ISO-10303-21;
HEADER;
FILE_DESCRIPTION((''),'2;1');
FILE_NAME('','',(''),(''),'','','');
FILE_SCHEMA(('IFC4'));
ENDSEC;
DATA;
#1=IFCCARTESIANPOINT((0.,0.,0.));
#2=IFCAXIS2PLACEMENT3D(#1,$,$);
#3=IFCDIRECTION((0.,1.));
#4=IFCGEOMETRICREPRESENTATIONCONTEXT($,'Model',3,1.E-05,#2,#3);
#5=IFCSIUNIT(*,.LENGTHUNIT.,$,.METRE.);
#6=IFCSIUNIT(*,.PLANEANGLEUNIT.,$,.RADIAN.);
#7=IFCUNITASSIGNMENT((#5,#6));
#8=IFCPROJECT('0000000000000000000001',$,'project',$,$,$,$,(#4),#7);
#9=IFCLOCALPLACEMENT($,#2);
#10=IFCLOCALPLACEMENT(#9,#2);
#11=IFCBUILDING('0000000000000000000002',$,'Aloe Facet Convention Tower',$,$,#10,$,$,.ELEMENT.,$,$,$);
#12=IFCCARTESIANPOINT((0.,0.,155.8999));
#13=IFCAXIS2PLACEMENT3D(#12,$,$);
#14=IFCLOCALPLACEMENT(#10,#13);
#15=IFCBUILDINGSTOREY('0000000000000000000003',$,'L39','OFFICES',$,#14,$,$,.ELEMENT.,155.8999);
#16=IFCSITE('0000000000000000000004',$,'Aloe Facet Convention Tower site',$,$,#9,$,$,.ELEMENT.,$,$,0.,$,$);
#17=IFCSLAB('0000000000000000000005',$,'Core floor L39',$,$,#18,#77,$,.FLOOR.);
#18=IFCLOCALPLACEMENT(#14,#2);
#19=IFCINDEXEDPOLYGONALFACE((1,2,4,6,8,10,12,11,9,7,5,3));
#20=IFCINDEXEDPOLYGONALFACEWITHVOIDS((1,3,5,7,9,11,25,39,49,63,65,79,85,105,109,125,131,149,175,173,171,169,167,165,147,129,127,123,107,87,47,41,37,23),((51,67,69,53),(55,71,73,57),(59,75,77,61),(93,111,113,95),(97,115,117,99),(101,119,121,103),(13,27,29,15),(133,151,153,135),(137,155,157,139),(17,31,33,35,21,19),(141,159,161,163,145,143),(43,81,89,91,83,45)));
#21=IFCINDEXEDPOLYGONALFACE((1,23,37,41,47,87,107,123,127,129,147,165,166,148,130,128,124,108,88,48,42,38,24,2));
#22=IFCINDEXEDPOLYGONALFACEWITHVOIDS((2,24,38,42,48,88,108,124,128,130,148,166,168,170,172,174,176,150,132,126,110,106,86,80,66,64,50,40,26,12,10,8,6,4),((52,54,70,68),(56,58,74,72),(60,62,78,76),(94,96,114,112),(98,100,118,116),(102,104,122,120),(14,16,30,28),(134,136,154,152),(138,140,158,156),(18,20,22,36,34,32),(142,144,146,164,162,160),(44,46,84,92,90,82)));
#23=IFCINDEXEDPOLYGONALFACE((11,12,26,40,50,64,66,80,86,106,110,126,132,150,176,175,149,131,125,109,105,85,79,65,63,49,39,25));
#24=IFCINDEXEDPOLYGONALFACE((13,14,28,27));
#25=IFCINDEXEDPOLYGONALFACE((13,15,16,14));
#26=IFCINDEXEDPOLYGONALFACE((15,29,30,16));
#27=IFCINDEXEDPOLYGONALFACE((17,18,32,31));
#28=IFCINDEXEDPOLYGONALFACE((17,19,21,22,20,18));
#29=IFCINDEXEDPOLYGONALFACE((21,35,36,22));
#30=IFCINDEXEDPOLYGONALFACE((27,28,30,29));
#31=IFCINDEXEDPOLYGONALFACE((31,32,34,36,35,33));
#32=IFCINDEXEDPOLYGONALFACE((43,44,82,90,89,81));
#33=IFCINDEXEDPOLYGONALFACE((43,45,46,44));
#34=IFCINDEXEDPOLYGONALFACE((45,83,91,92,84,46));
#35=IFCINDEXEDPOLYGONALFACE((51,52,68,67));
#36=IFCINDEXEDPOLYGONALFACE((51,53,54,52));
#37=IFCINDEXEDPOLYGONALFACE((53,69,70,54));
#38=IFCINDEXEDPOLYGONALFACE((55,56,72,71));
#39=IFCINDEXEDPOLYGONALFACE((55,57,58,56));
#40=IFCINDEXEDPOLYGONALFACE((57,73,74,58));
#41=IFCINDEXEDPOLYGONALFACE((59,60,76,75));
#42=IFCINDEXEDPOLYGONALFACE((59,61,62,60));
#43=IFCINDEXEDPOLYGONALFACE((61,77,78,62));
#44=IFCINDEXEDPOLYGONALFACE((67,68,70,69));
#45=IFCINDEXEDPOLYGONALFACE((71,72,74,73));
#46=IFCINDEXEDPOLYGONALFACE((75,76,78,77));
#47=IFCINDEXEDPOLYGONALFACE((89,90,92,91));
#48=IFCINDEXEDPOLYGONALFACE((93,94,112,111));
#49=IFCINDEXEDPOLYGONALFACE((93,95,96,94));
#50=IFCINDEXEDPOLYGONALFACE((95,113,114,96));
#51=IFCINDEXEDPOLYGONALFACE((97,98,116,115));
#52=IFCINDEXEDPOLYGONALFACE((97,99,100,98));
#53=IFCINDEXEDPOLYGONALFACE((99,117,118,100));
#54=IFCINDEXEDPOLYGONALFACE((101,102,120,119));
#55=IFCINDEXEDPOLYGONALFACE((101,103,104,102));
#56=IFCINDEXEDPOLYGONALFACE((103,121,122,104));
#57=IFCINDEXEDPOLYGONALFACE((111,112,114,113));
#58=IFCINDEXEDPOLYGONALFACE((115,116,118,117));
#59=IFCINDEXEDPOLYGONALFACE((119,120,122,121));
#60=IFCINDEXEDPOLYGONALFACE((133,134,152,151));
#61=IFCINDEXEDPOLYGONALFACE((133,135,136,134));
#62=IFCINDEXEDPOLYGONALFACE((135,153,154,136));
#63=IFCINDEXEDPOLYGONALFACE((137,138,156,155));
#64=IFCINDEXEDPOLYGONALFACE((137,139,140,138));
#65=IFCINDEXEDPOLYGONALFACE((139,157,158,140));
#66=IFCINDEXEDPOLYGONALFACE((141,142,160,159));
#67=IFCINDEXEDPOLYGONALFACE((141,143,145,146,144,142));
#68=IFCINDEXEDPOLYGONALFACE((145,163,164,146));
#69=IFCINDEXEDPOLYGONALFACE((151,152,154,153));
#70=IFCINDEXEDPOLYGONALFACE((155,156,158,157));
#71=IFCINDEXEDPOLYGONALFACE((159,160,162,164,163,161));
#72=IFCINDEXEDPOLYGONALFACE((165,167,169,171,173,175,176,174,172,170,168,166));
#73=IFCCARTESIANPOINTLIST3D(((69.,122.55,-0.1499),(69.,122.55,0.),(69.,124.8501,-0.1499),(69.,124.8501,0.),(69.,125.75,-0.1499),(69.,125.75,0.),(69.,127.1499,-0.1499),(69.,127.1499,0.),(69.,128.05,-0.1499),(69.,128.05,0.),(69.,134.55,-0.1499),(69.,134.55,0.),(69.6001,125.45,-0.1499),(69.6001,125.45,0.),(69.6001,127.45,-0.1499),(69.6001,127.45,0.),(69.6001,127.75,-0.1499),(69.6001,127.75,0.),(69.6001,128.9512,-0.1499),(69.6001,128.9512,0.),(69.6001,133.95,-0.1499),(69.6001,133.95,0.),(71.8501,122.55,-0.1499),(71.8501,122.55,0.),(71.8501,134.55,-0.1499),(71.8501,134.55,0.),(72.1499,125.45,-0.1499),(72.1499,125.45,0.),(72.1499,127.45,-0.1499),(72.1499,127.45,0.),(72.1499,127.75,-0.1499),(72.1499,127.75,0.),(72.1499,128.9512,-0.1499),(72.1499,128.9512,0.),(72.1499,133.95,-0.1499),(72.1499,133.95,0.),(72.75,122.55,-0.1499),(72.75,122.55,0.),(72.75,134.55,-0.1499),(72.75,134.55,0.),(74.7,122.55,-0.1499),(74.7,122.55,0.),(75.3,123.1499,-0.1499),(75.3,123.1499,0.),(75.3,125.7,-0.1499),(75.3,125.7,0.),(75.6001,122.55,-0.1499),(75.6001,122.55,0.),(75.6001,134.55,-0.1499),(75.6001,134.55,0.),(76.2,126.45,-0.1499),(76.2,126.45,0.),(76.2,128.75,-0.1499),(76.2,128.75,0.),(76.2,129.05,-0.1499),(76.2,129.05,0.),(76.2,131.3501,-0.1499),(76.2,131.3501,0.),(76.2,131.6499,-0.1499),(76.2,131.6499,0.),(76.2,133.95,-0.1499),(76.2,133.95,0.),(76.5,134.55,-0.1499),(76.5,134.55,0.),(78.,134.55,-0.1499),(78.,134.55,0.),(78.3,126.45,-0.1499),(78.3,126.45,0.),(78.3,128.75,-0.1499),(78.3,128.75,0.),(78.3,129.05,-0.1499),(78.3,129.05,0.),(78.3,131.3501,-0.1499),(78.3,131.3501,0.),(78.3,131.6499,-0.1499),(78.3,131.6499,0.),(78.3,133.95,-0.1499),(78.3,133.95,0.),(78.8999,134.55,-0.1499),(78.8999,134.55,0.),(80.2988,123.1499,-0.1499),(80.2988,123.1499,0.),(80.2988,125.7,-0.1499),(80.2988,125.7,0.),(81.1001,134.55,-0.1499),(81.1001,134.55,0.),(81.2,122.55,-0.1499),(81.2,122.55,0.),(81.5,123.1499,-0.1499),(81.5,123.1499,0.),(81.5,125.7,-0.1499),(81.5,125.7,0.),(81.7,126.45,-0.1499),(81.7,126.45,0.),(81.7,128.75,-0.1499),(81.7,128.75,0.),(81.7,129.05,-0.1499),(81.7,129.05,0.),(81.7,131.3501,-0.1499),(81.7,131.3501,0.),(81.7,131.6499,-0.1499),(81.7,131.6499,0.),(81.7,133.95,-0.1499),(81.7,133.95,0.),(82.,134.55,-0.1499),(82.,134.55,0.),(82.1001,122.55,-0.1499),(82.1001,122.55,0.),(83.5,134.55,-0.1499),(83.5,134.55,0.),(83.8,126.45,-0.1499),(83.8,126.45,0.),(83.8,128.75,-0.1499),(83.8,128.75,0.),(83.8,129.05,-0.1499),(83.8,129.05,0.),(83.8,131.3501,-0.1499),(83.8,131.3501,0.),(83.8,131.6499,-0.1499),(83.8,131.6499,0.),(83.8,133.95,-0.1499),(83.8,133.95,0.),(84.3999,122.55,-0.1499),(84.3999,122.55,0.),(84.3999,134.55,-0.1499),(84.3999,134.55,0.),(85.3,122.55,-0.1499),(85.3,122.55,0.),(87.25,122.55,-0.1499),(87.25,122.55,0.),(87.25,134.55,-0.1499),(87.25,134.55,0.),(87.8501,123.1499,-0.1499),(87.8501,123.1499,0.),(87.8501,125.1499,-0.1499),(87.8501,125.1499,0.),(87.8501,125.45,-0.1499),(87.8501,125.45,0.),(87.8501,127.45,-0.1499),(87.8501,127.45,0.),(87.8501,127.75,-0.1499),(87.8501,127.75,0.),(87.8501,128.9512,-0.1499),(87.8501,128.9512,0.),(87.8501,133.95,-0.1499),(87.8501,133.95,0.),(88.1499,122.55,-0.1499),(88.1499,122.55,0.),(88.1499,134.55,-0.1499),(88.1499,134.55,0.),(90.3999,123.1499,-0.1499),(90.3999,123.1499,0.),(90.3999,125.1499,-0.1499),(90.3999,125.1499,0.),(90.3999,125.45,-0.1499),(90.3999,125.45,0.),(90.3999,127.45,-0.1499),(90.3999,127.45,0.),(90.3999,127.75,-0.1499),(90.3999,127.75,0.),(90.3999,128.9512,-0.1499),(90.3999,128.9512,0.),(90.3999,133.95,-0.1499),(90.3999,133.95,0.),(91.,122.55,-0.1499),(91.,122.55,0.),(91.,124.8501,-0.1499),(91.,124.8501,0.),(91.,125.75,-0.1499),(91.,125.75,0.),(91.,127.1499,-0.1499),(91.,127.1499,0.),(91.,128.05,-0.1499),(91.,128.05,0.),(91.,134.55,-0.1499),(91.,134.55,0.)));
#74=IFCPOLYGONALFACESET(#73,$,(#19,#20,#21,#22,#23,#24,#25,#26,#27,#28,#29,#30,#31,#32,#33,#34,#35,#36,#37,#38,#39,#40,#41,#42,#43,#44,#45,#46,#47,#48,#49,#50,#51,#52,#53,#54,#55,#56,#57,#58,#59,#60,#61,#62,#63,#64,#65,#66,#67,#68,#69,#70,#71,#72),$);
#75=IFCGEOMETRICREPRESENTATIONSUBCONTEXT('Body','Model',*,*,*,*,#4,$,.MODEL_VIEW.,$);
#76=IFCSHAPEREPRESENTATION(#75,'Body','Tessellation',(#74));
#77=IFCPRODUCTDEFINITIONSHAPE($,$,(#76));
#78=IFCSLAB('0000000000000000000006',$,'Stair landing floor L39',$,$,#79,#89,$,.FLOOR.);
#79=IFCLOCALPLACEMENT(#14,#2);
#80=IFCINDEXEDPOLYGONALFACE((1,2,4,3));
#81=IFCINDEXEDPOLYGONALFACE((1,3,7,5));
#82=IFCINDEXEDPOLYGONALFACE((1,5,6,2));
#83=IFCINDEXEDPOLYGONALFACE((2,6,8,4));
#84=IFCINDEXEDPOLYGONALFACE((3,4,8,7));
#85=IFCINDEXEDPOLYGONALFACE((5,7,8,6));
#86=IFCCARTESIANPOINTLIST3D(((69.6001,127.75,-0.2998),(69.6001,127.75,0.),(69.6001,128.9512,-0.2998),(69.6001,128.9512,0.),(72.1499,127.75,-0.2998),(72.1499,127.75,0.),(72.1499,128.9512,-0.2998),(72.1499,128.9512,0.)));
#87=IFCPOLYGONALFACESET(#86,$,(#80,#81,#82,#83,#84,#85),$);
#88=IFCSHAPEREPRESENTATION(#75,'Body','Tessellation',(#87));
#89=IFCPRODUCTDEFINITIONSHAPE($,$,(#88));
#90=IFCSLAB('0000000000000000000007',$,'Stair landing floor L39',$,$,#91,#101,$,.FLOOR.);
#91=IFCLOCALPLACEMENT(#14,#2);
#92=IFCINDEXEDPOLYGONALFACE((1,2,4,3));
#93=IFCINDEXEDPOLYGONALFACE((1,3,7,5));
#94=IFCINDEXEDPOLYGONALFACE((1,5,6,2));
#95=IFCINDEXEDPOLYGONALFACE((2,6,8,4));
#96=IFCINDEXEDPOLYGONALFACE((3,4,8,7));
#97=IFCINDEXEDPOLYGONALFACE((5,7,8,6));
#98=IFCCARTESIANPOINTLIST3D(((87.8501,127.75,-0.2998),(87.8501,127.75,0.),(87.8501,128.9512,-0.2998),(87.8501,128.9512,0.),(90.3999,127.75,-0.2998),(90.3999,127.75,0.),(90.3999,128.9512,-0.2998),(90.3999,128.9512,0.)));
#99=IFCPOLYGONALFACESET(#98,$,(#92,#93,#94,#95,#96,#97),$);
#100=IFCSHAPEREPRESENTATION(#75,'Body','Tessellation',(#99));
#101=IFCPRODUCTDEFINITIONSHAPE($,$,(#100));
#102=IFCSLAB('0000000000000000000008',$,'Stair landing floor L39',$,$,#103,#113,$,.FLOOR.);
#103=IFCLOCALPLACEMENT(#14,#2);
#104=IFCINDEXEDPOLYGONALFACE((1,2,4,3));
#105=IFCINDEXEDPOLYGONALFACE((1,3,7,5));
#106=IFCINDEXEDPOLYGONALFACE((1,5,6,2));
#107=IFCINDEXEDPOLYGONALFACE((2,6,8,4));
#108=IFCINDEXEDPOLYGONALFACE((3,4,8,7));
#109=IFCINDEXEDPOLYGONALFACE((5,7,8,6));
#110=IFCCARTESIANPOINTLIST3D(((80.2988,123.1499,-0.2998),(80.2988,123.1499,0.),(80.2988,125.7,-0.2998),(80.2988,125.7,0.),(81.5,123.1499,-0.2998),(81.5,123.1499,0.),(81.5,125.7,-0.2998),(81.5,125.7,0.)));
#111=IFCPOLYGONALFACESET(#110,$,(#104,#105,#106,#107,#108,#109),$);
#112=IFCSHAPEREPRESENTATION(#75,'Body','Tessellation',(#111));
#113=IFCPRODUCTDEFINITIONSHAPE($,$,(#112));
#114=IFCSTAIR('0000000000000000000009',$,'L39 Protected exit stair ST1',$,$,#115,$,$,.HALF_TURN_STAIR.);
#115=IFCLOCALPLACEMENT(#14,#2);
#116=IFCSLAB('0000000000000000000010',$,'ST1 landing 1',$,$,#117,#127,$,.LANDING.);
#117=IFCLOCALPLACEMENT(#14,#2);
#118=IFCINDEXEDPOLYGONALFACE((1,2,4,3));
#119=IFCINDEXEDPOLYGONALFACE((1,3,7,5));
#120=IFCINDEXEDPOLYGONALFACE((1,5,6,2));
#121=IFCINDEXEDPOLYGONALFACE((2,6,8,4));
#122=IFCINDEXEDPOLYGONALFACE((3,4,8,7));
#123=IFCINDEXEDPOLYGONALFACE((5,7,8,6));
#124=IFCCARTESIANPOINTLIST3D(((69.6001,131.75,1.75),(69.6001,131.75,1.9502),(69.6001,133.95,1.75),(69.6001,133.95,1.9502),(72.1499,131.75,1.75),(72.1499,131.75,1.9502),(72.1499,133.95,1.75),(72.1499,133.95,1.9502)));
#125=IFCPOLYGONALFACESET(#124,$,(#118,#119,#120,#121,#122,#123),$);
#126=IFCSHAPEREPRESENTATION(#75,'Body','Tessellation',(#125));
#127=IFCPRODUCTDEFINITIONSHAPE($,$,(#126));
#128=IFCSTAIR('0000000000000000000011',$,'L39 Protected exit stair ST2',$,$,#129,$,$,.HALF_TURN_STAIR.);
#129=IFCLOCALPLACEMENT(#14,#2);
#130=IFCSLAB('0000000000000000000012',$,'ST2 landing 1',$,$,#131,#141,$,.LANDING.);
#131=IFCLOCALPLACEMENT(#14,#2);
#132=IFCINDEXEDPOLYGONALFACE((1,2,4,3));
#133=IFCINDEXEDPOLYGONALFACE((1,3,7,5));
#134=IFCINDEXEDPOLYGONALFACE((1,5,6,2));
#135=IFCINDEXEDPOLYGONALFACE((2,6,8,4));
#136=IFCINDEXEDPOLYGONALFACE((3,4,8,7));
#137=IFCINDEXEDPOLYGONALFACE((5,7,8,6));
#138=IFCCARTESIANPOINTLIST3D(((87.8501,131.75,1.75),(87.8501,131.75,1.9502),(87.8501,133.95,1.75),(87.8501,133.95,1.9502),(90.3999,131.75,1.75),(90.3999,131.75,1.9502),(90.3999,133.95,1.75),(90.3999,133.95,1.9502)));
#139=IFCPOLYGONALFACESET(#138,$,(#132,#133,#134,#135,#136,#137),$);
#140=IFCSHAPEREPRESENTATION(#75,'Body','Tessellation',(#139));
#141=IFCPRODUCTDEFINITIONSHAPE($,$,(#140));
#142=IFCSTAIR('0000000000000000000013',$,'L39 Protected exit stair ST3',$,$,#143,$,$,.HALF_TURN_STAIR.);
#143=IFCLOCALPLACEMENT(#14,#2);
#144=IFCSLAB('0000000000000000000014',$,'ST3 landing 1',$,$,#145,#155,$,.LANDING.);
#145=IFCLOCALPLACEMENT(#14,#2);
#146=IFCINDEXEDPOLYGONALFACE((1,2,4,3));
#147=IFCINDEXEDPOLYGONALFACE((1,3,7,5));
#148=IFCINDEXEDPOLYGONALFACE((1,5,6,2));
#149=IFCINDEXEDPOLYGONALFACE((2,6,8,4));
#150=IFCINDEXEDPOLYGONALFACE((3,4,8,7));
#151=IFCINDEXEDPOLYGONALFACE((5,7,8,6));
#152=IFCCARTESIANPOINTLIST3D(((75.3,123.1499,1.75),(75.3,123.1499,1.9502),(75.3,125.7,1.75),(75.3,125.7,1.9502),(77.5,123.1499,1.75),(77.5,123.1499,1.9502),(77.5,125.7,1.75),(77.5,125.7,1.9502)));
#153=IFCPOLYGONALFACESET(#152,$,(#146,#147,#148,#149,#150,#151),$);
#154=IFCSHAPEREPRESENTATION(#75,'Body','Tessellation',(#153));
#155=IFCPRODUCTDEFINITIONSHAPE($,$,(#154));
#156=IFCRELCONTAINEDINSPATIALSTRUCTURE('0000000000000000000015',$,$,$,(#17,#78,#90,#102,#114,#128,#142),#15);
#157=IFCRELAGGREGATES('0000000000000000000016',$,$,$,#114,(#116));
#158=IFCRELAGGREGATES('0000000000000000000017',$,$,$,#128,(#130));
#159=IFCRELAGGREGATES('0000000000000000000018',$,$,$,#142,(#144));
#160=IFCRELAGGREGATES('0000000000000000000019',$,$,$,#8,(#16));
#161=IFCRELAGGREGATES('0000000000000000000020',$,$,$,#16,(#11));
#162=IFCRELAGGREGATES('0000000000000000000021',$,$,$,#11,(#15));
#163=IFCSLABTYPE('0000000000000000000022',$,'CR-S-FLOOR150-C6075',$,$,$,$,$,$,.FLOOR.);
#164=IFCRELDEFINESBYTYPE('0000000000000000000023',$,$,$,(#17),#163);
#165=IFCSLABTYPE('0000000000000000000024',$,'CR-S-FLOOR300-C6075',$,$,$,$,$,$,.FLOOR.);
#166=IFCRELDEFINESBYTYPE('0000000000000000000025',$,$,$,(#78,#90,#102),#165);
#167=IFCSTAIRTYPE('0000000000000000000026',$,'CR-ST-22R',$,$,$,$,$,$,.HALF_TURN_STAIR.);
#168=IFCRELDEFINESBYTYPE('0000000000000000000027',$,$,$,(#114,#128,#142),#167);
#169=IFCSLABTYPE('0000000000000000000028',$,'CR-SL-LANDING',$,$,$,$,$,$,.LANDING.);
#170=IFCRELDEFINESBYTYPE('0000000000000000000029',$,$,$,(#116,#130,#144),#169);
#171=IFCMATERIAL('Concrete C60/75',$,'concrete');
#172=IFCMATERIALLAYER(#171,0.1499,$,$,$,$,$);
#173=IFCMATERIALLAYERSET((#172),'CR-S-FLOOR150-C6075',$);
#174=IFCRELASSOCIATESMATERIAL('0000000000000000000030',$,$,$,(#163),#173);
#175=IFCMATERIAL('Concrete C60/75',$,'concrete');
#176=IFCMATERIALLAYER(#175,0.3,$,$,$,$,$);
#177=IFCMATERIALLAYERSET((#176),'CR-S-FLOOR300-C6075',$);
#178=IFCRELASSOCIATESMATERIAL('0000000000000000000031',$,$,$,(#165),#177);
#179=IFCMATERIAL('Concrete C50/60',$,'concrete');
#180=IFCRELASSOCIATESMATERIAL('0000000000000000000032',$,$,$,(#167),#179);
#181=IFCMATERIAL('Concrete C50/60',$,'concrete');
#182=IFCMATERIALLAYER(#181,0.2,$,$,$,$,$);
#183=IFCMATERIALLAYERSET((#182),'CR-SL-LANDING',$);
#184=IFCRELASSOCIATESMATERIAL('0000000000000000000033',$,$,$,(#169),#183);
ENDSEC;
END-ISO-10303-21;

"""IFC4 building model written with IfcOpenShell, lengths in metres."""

from ifc_helpers import new_model, si_unit, direction, frame, origin, place, context, subcontext, project, spatial, polyline, outline, extrude, material, layer, layer_set, type_object, element, aggregate, save


model = new_model("IFC4")

# Units and contexts
model_context = context("Model", 3, precision=1e-05, world=origin(), true_north=direction((0.0, 1.0)))
body_context = subcontext(model_context, "Body", "Model", "MODEL_VIEW")
ifc_project = project(units=[si_unit("LENGTHUNIT", "METRE"), si_unit("PLANEANGLEUNIT", "RADIAN")], contexts=[model_context])

# Site, building, storey
site_placement = place(None, origin())
site = spatial("IfcSite", under=ifc_project, at=site_placement, Name="Aloe Facet Convention Tower site", CompositionType="ELEMENT", RefElevation=0.0)
building_placement = place(site_placement, origin())
building = spatial("IfcBuilding", under=site, at=building_placement, Name="Aloe Facet Convention Tower", CompositionType="ELEMENT")
storey_placement = place(building_placement, frame((0.0, 0.0, 155.8999)))
storey = spatial("IfcBuildingStorey", under=building, at=storey_placement, Name="L39", Description="OFFICES", CompositionType="ELEMENT", Elevation=155.8999)

# Slabs
ifc_material_1 = material(Name="Concrete C60/75", Category="concrete")
ifc_layer_1 = layer(ifc_material_1, 0.1499)
ifc_layer_set_1 = layer_set([ifc_layer_1], Name="CR-S-FLOOR150-C6075")
slab_type_1 = type_object("IfcSlabType", Name="CR-S-FLOOR150-C6075", PredefinedType="FLOOR", material=ifc_layer_set_1)
slab_1_placement = place(storey_placement, frame((0.0, 0.0, -0.1499)))
element("IfcSlab", 1, at=slab_1_placement, inside=storey, type_object=slab_type_1, Name="Core floor L39", PredefinedType="FLOOR", context=body_context, shape_type="SweptSolid", body=[
    extrude(outline(polyline([(71.8501, 134.55), (72.75, 134.55), (75.6001, 134.55), (76.5, 134.55), (78.0, 134.55), (78.8999, 134.55), (81.1001, 134.55), (82.0, 134.55), (83.5, 134.55), (84.3999, 134.55), (87.25, 134.55), (88.1499, 134.55), (91.0, 134.55), (91.0, 128.05), (91.0, 127.1499), (91.0, 125.75), (91.0, 124.8501), (91.0, 122.55), (88.1499, 122.55), (87.25, 122.55), (85.3, 122.55), (84.3999, 122.55), (82.1001, 122.55), (81.2, 122.55), (75.6001, 122.55), (74.7, 122.55), (72.75, 122.55), (71.8501, 122.55), (69.0, 122.55), (69.0, 124.8501), (69.0, 125.75), (69.0, 127.1499), (69.0, 128.05), (69.0, 134.55), (71.8501, 134.55)]), holes=[polyline([(80.2988, 123.1499), (81.5, 123.1499), (81.5, 125.7), (80.2988, 125.7), (75.3, 125.7), (75.3, 123.1499), (80.2988, 123.1499)]), polyline([(69.6001, 125.45), (72.1499, 125.45), (72.1499, 127.45), (69.6001, 127.45), (69.6001, 125.45)]), polyline([(76.2, 126.45), (78.3, 126.45), (78.3, 128.75), (76.2, 128.75), (76.2, 126.45)]), polyline([(78.3, 129.05), (78.3, 131.3501), (76.2, 131.3501), (76.2, 129.05), (78.3, 129.05)]), polyline([(69.6001, 133.95), (69.6001, 128.9512), (69.6001, 127.75), (72.1499, 127.75), (72.1499, 128.9512), (72.1499, 133.95), (69.6001, 133.95)]), polyline([(76.2, 131.6499), (78.3, 131.6499), (78.3, 133.95), (76.2, 133.95), (76.2, 131.6499)]), polyline([(90.3999, 123.1499), (90.3999, 125.1499), (87.8501, 125.1499), (87.8501, 123.1499), (90.3999, 123.1499)]), polyline([(87.8501, 125.45), (90.3999, 125.45), (90.3999, 127.45), (87.8501, 127.45), (87.8501, 125.45)]), polyline([(81.7, 126.45), (83.8, 126.45), (83.8, 128.75), (81.7, 128.75), (81.7, 126.45)]), polyline([(83.8, 129.05), (83.8, 131.3501), (81.7, 131.3501), (81.7, 129.05), (83.8, 129.05)]), polyline([(87.8501, 133.95), (87.8501, 128.9512), (87.8501, 127.75), (90.3999, 127.75), (90.3999, 128.9512), (90.3999, 133.95), (87.8501, 133.95)]), polyline([(81.7, 131.6499), (83.8, 131.6499), (83.8, 133.95), (81.7, 133.95), (81.7, 131.6499)])]), origin(), (0.0, 0.0, 1.0), 0.1499),
])
ifc_material_2 = material(Name="Concrete C60/75", Category="concrete")
ifc_layer_2 = layer(ifc_material_2, 0.3)
ifc_layer_set_2 = layer_set([ifc_layer_2], Name="CR-S-FLOOR300-C6075")
slab_type_2 = type_object("IfcSlabType", Name="CR-S-FLOOR300-C6075", PredefinedType="FLOOR", material=ifc_layer_set_2)
slab_2_placement = place(storey_placement, frame((0.0, 0.0, -0.2998)))
element("IfcSlab", 2, at=slab_2_placement, inside=storey, type_object=slab_type_2, Name="Stair landing floor L39", PredefinedType="FLOOR", context=body_context, shape_type="SweptSolid", body=[
    extrude(outline(polyline([(72.1499, 127.75), (72.1499, 128.9512), (69.6001, 128.9512), (69.6001, 127.75), (72.1499, 127.75)])), origin(), (0.0, 0.0, 1.0), 0.2998),
])
slab_3_placement = place(storey_placement, frame((0.0, 0.0, -0.2998)))
element("IfcSlab", 3, at=slab_3_placement, inside=storey, type_object=slab_type_2, Name="Stair landing floor L39", PredefinedType="FLOOR", context=body_context, shape_type="SweptSolid", body=[
    extrude(outline(polyline([(90.3999, 127.75), (90.3999, 128.9512), (87.8501, 128.9512), (87.8501, 127.75), (90.3999, 127.75)])), origin(), (0.0, 0.0, 1.0), 0.2998),
])
slab_4_placement = place(storey_placement, frame((0.0, 0.0, -0.2998)))
element("IfcSlab", 4, at=slab_4_placement, inside=storey, type_object=slab_type_2, Name="Stair landing floor L39", PredefinedType="FLOOR", context=body_context, shape_type="SweptSolid", body=[
    extrude(outline(polyline([(81.5, 125.7), (80.2988, 125.7), (80.2988, 123.1499), (81.5, 123.1499), (81.5, 125.7)])), origin(), (0.0, 0.0, 1.0), 0.2998),
])

# Stairs, slabs
ifc_material_3 = material(Name="Concrete C50/60", Category="concrete")
stair_type = type_object("IfcStairType", Name="CR-ST-22R", PredefinedType="HALF_TURN_STAIR", material=ifc_material_3)
stair_1_placement = place(storey_placement, origin())
stair_1 = element("IfcStair", 5, at=stair_1_placement, inside=storey, type_object=stair_type, Name="L39 Protected exit stair ST1", PredefinedType="HALF_TURN_STAIR")
ifc_material_4 = material(Name="Concrete C50/60", Category="concrete")
ifc_layer_3 = layer(ifc_material_4, 0.2)
ifc_layer_set_3 = layer_set([ifc_layer_3], Name="CR-SL-LANDING")
slab_type_3 = type_object("IfcSlabType", Name="CR-SL-LANDING", PredefinedType="LANDING", material=ifc_layer_set_3)
slab_5_placement = place(storey_placement, frame((0.0, 0.0, 1.75)))
slab_5 = element("IfcSlab", 6, at=slab_5_placement, type_object=slab_type_3, Name="ST1 landing 1", PredefinedType="LANDING", context=body_context, shape_type="SweptSolid", body=[
    extrude(outline(polyline([(72.1499, 131.75), (72.1499, 133.95), (69.6001, 133.95), (69.6001, 131.75), (72.1499, 131.75)])), origin(), (0.0, 0.0, 1.0), 0.2002),
])
aggregate(stair_1, [slab_5])
stair_2_placement = place(storey_placement, origin())
stair_2 = element("IfcStair", 7, at=stair_2_placement, inside=storey, type_object=stair_type, Name="L39 Protected exit stair ST2", PredefinedType="HALF_TURN_STAIR")
slab_6_placement = place(storey_placement, frame((0.0, 0.0, 1.75)))
slab_6 = element("IfcSlab", 8, at=slab_6_placement, type_object=slab_type_3, Name="ST2 landing 1", PredefinedType="LANDING", context=body_context, shape_type="SweptSolid", body=[
    extrude(outline(polyline([(90.3999, 131.75), (90.3999, 133.95), (87.8501, 133.95), (87.8501, 131.75), (90.3999, 131.75)])), origin(), (0.0, 0.0, 1.0), 0.2002),
])
aggregate(stair_2, [slab_6])
stair_3_placement = place(storey_placement, origin())
stair_3 = element("IfcStair", 9, at=stair_3_placement, inside=storey, type_object=stair_type, Name="L39 Protected exit stair ST3", PredefinedType="HALF_TURN_STAIR")
slab_7_placement = place(storey_placement, frame((0.0, 0.0, 1.75)))
slab_7 = element("IfcSlab", 10, at=slab_7_placement, type_object=slab_type_3, Name="ST3 landing 1", PredefinedType="LANDING", context=body_context, shape_type="SweptSolid", body=[
    extrude(outline(polyline([(77.5, 125.7), (75.3, 125.7), (75.3, 123.1499), (77.5, 123.1499), (77.5, 125.7)])), origin(), (0.0, 0.0, 1.0), 0.2002),
])
aggregate(stair_3, [slab_7])

save(model, "model.ifc")
